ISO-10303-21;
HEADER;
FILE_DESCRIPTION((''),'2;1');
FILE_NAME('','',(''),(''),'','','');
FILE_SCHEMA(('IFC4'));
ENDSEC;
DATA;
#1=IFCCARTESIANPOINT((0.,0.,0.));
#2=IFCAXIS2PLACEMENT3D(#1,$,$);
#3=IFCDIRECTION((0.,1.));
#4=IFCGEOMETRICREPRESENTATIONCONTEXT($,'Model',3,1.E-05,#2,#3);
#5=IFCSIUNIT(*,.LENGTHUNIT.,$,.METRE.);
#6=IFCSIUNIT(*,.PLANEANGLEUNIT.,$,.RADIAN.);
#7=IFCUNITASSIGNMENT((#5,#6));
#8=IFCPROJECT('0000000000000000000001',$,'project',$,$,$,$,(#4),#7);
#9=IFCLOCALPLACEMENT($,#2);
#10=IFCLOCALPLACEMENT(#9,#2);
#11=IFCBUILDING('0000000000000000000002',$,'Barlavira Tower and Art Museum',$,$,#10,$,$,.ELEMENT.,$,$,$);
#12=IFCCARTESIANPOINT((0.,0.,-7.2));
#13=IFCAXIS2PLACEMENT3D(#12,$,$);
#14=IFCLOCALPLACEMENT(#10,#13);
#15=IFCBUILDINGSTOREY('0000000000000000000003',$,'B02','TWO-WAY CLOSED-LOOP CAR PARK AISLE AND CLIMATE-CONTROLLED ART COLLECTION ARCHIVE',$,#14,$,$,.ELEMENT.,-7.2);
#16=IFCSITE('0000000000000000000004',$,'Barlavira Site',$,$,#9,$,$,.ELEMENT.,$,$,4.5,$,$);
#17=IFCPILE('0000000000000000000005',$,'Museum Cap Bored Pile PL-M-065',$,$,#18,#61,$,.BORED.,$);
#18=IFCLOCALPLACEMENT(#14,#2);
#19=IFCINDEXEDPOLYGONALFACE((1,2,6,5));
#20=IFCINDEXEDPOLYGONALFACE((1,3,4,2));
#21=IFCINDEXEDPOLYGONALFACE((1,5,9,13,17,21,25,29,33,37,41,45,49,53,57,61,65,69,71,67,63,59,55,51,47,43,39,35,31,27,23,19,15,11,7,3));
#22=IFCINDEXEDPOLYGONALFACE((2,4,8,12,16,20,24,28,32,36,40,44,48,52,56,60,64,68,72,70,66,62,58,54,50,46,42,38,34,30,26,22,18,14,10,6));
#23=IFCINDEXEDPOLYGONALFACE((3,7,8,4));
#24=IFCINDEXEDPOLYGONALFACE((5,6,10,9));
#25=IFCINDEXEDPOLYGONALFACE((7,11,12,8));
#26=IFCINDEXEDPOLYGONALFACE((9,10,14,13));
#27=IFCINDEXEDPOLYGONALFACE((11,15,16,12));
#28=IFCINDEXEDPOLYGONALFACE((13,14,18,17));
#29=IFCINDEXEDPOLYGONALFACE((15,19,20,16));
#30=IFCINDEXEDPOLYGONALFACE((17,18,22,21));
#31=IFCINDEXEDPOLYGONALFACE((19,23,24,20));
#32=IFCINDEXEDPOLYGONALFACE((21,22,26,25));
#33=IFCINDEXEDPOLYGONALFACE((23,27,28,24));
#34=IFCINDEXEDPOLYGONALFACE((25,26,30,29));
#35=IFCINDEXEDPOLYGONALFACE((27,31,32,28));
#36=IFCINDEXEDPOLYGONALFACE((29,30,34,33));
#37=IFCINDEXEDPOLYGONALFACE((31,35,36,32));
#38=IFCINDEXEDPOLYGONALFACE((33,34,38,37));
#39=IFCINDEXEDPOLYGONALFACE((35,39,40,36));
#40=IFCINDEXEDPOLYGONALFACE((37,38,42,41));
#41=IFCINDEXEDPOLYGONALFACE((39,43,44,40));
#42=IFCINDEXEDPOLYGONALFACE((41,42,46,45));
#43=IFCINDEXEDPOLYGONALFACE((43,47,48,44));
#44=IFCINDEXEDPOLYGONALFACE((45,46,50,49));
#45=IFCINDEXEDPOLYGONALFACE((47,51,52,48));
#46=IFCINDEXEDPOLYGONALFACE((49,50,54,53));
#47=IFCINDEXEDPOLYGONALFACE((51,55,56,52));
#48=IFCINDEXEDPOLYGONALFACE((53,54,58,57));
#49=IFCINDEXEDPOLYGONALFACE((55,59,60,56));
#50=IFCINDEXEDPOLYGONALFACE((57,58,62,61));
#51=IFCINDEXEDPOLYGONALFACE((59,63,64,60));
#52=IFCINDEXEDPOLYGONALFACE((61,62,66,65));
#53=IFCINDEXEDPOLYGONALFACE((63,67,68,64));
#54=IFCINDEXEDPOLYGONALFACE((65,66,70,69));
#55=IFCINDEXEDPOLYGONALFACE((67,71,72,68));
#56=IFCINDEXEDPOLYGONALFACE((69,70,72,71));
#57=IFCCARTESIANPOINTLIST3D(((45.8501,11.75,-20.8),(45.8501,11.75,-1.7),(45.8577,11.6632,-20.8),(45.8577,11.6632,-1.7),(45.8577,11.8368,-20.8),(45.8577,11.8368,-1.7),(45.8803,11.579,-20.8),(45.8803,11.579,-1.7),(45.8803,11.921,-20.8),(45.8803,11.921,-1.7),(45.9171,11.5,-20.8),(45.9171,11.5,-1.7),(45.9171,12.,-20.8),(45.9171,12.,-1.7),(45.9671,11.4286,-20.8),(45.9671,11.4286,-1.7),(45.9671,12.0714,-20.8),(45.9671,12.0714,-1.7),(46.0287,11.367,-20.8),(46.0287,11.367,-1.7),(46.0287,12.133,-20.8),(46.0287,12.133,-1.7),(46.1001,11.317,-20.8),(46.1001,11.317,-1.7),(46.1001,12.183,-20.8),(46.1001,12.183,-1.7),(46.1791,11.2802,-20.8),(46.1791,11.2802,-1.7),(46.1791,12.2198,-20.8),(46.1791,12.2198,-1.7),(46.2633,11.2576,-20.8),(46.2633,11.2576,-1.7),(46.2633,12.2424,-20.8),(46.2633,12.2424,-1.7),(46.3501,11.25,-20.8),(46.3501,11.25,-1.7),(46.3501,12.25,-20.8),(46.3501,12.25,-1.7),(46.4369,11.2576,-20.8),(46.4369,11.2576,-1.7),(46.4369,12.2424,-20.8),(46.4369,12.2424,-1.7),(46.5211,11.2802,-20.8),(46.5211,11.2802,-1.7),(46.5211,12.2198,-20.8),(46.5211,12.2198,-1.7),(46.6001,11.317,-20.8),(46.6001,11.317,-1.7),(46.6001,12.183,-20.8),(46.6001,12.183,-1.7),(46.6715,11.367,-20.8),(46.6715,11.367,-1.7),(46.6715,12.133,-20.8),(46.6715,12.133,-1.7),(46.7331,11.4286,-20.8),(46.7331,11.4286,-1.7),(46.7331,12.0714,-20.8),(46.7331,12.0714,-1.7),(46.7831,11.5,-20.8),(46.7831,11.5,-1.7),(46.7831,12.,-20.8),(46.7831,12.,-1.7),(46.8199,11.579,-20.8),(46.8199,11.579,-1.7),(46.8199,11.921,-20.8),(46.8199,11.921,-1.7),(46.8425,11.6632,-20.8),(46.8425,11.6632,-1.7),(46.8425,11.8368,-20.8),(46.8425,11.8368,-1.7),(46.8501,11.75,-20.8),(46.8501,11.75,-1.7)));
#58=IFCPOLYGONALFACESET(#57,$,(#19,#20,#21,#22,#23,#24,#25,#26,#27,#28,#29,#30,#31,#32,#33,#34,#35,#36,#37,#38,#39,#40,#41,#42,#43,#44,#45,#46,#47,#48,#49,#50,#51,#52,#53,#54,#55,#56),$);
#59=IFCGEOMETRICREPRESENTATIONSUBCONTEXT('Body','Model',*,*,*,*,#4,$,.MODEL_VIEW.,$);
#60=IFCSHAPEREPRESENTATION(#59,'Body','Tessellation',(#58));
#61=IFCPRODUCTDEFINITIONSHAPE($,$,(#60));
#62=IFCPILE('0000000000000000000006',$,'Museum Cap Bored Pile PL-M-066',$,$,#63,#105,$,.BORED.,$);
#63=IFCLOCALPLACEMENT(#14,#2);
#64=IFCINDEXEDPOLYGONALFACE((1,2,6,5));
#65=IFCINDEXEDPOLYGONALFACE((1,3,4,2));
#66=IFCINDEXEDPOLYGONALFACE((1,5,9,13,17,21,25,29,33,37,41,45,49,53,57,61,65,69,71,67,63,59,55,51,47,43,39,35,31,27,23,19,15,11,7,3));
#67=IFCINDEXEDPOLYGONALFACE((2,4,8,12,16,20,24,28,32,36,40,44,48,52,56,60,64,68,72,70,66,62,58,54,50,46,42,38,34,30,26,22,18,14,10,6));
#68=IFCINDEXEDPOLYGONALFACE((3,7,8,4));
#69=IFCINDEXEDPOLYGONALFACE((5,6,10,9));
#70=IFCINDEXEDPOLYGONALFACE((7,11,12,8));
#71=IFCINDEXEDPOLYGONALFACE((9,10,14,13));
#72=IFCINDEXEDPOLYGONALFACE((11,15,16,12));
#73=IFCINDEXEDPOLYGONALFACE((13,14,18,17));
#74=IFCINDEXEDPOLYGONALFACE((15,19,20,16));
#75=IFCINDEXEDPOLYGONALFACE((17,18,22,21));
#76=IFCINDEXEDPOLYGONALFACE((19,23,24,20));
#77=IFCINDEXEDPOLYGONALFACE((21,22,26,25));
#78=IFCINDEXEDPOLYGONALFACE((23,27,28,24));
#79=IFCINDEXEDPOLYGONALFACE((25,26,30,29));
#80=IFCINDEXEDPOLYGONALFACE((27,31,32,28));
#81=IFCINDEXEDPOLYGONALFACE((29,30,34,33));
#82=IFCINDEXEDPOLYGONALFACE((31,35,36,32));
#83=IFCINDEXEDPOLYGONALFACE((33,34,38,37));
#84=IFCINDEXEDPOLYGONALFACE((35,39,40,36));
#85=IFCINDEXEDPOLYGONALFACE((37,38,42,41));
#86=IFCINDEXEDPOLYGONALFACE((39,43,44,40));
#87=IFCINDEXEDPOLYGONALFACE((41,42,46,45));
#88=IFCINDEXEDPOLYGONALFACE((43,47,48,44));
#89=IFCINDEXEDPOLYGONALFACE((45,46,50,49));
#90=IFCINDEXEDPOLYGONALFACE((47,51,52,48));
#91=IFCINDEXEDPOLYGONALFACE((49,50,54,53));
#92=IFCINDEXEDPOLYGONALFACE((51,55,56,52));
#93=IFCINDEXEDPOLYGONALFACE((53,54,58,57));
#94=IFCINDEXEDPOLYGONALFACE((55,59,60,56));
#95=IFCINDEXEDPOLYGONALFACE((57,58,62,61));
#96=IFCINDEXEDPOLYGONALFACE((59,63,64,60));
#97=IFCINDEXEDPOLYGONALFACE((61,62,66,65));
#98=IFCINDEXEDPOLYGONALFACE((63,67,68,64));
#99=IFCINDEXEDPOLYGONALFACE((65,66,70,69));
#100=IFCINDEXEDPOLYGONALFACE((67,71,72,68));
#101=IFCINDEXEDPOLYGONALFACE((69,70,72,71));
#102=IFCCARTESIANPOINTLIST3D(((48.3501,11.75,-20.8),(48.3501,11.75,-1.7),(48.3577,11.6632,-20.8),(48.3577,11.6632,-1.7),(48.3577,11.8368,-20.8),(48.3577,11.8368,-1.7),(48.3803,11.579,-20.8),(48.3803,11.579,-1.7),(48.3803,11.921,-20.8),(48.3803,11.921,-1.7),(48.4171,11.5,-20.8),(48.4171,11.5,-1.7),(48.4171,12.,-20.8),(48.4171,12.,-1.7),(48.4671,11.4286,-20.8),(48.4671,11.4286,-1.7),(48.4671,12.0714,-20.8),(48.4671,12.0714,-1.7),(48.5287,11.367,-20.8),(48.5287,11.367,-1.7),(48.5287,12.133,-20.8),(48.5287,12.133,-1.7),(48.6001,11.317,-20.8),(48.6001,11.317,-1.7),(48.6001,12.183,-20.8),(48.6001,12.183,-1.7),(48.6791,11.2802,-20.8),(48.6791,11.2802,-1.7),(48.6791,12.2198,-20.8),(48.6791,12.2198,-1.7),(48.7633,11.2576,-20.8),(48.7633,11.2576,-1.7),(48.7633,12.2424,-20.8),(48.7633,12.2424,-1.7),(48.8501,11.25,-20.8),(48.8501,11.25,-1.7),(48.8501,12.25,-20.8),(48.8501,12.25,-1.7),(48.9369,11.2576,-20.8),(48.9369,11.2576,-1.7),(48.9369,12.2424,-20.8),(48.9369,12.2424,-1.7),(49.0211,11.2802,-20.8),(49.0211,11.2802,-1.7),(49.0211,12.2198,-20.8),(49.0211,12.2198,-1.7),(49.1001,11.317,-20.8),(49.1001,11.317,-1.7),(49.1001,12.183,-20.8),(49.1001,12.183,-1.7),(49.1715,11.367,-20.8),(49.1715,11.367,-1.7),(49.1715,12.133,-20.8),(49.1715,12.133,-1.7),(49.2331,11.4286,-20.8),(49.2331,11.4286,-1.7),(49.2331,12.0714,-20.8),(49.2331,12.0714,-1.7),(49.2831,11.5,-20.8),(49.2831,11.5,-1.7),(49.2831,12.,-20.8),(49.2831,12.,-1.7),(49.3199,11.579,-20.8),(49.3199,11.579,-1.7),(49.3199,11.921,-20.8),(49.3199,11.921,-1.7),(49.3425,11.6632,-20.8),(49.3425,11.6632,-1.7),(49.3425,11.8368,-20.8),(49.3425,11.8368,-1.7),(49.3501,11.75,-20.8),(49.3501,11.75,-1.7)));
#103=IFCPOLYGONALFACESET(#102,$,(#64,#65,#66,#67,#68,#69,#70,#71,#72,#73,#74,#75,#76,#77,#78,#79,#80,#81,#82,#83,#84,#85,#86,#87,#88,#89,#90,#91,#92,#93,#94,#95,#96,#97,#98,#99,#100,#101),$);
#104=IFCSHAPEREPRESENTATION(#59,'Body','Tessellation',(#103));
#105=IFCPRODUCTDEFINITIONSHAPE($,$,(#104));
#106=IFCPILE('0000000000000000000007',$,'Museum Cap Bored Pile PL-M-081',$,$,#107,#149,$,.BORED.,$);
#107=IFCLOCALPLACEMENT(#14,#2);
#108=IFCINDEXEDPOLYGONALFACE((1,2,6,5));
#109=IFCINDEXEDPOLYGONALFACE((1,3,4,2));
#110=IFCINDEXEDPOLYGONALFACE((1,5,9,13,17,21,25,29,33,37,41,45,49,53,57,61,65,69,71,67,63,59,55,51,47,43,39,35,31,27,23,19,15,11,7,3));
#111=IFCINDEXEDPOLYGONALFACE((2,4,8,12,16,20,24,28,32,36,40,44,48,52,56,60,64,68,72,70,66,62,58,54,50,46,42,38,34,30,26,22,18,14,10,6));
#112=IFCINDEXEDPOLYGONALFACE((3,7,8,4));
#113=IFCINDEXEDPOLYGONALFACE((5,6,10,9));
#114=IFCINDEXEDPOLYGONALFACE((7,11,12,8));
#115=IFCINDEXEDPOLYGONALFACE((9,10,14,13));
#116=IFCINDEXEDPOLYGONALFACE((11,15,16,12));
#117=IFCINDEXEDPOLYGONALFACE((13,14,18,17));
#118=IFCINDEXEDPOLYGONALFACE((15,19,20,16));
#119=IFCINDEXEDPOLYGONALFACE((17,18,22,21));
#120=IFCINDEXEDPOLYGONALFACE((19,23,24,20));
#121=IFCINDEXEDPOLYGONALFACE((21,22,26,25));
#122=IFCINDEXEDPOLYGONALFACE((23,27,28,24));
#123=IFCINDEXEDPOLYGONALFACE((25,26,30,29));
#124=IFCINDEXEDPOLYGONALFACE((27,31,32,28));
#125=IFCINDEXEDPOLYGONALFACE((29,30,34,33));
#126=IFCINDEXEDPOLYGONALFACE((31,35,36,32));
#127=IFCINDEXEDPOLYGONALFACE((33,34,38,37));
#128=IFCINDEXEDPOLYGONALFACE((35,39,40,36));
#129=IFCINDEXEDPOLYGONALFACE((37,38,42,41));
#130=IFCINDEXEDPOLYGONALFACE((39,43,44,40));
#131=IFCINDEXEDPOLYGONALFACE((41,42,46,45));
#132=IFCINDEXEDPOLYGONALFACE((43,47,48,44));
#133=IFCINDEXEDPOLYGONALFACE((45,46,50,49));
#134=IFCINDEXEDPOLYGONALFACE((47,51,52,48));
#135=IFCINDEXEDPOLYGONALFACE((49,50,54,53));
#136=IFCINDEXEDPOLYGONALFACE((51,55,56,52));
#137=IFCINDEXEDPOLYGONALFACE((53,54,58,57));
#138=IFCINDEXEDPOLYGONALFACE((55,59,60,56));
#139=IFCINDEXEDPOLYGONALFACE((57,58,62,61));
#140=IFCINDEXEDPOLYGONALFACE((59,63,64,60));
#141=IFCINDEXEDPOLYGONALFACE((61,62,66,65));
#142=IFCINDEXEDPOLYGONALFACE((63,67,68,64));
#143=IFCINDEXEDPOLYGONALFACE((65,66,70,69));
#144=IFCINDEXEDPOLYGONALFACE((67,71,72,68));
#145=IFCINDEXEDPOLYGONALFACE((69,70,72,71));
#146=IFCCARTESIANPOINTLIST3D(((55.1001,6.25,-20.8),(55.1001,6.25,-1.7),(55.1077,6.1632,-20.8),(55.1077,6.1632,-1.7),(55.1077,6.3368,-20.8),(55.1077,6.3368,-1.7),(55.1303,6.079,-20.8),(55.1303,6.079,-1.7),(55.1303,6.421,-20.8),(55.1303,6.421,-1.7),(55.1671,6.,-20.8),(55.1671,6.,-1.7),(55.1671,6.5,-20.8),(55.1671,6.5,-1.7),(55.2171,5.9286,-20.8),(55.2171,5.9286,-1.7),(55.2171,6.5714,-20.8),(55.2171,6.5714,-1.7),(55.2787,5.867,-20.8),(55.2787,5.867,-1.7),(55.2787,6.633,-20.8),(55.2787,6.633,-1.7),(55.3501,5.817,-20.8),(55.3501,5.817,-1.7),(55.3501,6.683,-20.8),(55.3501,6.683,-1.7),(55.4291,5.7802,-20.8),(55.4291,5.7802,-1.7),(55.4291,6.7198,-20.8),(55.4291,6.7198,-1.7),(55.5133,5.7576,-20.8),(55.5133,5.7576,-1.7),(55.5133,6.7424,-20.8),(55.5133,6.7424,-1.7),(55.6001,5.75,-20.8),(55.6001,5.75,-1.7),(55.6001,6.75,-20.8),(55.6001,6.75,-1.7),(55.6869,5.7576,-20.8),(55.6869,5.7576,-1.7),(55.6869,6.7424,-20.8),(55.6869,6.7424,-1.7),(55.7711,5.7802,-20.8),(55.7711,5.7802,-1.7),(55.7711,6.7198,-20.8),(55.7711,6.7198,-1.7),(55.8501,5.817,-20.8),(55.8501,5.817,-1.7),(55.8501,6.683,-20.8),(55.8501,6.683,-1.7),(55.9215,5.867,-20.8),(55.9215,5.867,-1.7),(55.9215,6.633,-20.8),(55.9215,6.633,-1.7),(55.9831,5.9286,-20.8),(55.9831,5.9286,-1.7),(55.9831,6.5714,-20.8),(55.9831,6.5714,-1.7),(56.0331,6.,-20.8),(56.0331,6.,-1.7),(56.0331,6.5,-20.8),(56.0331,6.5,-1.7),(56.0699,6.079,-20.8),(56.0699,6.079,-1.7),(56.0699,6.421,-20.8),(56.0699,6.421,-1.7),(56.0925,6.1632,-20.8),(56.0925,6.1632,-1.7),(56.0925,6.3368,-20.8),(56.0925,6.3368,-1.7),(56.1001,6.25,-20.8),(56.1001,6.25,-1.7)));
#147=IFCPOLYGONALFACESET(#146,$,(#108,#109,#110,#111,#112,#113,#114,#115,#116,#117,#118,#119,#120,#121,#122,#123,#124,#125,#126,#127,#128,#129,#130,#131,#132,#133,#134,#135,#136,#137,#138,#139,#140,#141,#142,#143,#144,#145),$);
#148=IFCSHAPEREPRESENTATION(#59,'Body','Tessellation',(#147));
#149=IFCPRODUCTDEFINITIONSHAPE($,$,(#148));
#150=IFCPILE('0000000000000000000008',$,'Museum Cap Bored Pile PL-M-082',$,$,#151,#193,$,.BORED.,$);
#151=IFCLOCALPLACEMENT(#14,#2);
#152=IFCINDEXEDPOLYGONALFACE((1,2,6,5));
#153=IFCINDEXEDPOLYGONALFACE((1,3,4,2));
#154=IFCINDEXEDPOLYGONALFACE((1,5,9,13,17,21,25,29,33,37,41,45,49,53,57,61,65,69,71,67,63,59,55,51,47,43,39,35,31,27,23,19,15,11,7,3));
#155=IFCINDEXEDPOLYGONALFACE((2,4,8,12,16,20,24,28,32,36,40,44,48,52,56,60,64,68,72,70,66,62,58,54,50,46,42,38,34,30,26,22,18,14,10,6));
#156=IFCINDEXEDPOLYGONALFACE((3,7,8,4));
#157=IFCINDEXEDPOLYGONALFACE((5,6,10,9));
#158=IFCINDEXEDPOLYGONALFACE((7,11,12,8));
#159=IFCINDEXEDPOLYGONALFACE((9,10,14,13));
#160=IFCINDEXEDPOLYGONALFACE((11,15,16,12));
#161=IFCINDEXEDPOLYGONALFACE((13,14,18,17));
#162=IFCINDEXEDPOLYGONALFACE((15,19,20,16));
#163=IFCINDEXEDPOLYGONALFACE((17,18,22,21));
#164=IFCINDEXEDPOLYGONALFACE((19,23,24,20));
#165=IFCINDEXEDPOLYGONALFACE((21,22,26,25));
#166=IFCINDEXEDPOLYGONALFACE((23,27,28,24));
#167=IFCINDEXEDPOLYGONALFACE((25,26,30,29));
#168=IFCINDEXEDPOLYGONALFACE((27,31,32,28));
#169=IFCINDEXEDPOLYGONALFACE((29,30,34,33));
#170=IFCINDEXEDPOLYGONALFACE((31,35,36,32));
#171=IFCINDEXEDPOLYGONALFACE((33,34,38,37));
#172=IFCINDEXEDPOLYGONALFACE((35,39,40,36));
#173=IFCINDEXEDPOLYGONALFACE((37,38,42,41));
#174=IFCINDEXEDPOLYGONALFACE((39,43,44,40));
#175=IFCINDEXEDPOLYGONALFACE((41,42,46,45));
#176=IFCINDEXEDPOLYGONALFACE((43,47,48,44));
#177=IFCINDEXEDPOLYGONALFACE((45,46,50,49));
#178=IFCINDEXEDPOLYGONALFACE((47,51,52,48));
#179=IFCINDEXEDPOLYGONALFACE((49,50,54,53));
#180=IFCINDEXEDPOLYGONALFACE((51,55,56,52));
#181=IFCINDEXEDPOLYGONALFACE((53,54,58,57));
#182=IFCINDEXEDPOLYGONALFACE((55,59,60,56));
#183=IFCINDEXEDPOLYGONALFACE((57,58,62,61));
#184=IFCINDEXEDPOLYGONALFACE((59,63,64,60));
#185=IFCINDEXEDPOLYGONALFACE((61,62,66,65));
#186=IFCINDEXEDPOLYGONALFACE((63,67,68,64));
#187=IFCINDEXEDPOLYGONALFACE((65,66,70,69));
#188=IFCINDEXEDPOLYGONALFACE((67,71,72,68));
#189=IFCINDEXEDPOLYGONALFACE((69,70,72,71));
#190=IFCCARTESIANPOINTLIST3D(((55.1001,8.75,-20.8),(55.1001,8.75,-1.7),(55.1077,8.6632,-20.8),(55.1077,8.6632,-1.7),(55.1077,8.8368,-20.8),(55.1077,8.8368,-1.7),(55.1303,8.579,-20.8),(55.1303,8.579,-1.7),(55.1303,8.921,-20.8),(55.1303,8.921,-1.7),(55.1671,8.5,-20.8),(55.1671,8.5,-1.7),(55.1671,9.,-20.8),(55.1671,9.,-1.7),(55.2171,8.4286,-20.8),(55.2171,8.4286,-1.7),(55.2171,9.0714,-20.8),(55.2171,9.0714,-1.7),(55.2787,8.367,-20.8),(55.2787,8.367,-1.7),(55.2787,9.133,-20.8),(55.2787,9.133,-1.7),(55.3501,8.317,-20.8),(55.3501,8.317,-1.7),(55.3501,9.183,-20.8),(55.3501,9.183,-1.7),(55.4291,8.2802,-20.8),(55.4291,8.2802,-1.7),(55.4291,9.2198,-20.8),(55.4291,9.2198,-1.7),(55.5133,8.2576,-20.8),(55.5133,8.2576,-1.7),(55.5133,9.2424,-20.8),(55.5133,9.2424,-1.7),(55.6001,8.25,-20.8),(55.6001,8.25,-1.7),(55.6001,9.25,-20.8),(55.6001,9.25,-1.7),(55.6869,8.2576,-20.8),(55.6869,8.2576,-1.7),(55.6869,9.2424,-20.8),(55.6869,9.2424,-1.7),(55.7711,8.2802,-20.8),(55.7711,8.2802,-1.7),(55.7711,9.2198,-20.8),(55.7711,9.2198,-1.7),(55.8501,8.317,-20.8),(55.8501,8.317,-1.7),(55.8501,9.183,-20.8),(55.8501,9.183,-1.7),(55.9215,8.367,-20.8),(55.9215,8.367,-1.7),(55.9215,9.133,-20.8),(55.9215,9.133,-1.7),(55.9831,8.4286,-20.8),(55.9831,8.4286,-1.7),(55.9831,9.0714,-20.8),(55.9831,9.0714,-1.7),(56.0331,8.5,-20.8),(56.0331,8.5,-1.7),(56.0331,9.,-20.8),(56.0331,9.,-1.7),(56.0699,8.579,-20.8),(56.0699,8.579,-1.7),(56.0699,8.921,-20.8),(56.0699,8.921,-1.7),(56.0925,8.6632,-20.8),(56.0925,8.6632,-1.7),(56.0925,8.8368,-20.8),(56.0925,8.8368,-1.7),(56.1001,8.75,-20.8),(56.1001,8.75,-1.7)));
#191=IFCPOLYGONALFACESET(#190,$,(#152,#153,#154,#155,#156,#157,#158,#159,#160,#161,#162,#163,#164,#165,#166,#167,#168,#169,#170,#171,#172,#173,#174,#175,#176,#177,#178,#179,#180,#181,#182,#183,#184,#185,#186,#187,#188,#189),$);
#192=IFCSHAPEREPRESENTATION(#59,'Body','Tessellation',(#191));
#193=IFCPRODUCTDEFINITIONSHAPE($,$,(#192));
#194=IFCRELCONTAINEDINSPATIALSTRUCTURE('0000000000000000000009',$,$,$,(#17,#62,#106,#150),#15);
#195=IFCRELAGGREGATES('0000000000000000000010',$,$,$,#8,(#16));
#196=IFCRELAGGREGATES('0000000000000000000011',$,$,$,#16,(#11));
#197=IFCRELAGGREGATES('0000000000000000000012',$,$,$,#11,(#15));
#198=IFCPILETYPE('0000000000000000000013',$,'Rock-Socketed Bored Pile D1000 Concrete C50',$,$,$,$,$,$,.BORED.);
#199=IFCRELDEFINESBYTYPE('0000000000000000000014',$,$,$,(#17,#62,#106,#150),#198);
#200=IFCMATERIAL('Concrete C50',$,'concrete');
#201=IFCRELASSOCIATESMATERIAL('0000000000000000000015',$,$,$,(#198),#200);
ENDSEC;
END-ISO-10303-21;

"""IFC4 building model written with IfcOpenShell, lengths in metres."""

from ifc_helpers import new_model, si_unit, direction, frame, origin, origin_2d, place, context, subcontext, project, spatial, circle, extrude, material, material_profile, profile_set, type_object, element, save


model = new_model("IFC4")

# Units and contexts
model_context = context("Model", 3, precision=1e-05, world=origin(), true_north=direction((0.0, 1.0)))
body_context = subcontext(model_context, "Body", "Model", "MODEL_VIEW")
ifc_project = project(units=[si_unit("LENGTHUNIT", "METRE"), si_unit("PLANEANGLEUNIT", "RADIAN")], contexts=[model_context])

# Site, building, storey
site_placement = place(None, origin())
site = spatial("IfcSite", under=ifc_project, at=site_placement, Name="Barlavira Site", CompositionType="ELEMENT", RefElevation=4.5)
building_placement = place(site_placement, origin())
building = spatial("IfcBuilding", under=site, at=building_placement, Name="Barlavira Tower and Art Museum", CompositionType="ELEMENT")
storey_placement = place(building_placement, frame((0.0, 0.0, -7.2)))
storey = spatial("IfcBuildingStorey", under=building, at=storey_placement, Name="B02", Description="TWO-WAY CLOSED-LOOP CAR PARK AISLE AND CLIMATE-CONTROLLED ART COLLECTION ARCHIVE", CompositionType="ELEMENT", Elevation=-7.2)

# Shared definitions
ifc_material = material(Name="Concrete C50", Category="concrete")

# Piles
ifc_material_profile_1 = material_profile(ifc_material, circle(Radius=0.5, at=origin_2d()), Name="BORED PILE D1000")
ifc_profile_set_1 = profile_set([ifc_material_profile_1], Name="Concrete C50")
pile_type = type_object("IfcPileType", Name="Rock-Socketed Bored Pile D1000 Concrete C50", PredefinedType="BORED", material=ifc_profile_set_1)
for number, where, z_axis, x_axis, name in (
    (1, (46.3501, 11.75, -1.7), (0.0, 0.0, -1.0), (1.0, 0.0, 0.0), "Museum Cap Bored Pile PL-M-065"),
    (2, (48.8501, 11.75, -1.7), (0.0, 0.0, -1.0), (1.0, 0.0, 0.0), "Museum Cap Bored Pile PL-M-066"),
    (3, (55.6001, 6.25, -1.7), (0.0, 0.0, -1.0), (1.0, 0.0, 0.0), "Museum Cap Bored Pile PL-M-081"),
    (4, (55.6001, 8.75, -1.7), (0.0, 0.0, -1.0), (1.0, 0.0, 0.0), "Museum Cap Bored Pile PL-M-082"),
):
    element("IfcPile", number, at=place(storey_placement, frame(where, z_axis=z_axis, x_axis=x_axis)), inside=storey, type_object=pile_type, Name=name, PredefinedType="BORED", context=body_context, shape_type="SweptSolid", body=[
        extrude(circle(Radius=0.5, at=origin_2d()), origin(), (0.0, 0.0, 1.0), 19.1001),
    ])

save(model, "model.ifc")
